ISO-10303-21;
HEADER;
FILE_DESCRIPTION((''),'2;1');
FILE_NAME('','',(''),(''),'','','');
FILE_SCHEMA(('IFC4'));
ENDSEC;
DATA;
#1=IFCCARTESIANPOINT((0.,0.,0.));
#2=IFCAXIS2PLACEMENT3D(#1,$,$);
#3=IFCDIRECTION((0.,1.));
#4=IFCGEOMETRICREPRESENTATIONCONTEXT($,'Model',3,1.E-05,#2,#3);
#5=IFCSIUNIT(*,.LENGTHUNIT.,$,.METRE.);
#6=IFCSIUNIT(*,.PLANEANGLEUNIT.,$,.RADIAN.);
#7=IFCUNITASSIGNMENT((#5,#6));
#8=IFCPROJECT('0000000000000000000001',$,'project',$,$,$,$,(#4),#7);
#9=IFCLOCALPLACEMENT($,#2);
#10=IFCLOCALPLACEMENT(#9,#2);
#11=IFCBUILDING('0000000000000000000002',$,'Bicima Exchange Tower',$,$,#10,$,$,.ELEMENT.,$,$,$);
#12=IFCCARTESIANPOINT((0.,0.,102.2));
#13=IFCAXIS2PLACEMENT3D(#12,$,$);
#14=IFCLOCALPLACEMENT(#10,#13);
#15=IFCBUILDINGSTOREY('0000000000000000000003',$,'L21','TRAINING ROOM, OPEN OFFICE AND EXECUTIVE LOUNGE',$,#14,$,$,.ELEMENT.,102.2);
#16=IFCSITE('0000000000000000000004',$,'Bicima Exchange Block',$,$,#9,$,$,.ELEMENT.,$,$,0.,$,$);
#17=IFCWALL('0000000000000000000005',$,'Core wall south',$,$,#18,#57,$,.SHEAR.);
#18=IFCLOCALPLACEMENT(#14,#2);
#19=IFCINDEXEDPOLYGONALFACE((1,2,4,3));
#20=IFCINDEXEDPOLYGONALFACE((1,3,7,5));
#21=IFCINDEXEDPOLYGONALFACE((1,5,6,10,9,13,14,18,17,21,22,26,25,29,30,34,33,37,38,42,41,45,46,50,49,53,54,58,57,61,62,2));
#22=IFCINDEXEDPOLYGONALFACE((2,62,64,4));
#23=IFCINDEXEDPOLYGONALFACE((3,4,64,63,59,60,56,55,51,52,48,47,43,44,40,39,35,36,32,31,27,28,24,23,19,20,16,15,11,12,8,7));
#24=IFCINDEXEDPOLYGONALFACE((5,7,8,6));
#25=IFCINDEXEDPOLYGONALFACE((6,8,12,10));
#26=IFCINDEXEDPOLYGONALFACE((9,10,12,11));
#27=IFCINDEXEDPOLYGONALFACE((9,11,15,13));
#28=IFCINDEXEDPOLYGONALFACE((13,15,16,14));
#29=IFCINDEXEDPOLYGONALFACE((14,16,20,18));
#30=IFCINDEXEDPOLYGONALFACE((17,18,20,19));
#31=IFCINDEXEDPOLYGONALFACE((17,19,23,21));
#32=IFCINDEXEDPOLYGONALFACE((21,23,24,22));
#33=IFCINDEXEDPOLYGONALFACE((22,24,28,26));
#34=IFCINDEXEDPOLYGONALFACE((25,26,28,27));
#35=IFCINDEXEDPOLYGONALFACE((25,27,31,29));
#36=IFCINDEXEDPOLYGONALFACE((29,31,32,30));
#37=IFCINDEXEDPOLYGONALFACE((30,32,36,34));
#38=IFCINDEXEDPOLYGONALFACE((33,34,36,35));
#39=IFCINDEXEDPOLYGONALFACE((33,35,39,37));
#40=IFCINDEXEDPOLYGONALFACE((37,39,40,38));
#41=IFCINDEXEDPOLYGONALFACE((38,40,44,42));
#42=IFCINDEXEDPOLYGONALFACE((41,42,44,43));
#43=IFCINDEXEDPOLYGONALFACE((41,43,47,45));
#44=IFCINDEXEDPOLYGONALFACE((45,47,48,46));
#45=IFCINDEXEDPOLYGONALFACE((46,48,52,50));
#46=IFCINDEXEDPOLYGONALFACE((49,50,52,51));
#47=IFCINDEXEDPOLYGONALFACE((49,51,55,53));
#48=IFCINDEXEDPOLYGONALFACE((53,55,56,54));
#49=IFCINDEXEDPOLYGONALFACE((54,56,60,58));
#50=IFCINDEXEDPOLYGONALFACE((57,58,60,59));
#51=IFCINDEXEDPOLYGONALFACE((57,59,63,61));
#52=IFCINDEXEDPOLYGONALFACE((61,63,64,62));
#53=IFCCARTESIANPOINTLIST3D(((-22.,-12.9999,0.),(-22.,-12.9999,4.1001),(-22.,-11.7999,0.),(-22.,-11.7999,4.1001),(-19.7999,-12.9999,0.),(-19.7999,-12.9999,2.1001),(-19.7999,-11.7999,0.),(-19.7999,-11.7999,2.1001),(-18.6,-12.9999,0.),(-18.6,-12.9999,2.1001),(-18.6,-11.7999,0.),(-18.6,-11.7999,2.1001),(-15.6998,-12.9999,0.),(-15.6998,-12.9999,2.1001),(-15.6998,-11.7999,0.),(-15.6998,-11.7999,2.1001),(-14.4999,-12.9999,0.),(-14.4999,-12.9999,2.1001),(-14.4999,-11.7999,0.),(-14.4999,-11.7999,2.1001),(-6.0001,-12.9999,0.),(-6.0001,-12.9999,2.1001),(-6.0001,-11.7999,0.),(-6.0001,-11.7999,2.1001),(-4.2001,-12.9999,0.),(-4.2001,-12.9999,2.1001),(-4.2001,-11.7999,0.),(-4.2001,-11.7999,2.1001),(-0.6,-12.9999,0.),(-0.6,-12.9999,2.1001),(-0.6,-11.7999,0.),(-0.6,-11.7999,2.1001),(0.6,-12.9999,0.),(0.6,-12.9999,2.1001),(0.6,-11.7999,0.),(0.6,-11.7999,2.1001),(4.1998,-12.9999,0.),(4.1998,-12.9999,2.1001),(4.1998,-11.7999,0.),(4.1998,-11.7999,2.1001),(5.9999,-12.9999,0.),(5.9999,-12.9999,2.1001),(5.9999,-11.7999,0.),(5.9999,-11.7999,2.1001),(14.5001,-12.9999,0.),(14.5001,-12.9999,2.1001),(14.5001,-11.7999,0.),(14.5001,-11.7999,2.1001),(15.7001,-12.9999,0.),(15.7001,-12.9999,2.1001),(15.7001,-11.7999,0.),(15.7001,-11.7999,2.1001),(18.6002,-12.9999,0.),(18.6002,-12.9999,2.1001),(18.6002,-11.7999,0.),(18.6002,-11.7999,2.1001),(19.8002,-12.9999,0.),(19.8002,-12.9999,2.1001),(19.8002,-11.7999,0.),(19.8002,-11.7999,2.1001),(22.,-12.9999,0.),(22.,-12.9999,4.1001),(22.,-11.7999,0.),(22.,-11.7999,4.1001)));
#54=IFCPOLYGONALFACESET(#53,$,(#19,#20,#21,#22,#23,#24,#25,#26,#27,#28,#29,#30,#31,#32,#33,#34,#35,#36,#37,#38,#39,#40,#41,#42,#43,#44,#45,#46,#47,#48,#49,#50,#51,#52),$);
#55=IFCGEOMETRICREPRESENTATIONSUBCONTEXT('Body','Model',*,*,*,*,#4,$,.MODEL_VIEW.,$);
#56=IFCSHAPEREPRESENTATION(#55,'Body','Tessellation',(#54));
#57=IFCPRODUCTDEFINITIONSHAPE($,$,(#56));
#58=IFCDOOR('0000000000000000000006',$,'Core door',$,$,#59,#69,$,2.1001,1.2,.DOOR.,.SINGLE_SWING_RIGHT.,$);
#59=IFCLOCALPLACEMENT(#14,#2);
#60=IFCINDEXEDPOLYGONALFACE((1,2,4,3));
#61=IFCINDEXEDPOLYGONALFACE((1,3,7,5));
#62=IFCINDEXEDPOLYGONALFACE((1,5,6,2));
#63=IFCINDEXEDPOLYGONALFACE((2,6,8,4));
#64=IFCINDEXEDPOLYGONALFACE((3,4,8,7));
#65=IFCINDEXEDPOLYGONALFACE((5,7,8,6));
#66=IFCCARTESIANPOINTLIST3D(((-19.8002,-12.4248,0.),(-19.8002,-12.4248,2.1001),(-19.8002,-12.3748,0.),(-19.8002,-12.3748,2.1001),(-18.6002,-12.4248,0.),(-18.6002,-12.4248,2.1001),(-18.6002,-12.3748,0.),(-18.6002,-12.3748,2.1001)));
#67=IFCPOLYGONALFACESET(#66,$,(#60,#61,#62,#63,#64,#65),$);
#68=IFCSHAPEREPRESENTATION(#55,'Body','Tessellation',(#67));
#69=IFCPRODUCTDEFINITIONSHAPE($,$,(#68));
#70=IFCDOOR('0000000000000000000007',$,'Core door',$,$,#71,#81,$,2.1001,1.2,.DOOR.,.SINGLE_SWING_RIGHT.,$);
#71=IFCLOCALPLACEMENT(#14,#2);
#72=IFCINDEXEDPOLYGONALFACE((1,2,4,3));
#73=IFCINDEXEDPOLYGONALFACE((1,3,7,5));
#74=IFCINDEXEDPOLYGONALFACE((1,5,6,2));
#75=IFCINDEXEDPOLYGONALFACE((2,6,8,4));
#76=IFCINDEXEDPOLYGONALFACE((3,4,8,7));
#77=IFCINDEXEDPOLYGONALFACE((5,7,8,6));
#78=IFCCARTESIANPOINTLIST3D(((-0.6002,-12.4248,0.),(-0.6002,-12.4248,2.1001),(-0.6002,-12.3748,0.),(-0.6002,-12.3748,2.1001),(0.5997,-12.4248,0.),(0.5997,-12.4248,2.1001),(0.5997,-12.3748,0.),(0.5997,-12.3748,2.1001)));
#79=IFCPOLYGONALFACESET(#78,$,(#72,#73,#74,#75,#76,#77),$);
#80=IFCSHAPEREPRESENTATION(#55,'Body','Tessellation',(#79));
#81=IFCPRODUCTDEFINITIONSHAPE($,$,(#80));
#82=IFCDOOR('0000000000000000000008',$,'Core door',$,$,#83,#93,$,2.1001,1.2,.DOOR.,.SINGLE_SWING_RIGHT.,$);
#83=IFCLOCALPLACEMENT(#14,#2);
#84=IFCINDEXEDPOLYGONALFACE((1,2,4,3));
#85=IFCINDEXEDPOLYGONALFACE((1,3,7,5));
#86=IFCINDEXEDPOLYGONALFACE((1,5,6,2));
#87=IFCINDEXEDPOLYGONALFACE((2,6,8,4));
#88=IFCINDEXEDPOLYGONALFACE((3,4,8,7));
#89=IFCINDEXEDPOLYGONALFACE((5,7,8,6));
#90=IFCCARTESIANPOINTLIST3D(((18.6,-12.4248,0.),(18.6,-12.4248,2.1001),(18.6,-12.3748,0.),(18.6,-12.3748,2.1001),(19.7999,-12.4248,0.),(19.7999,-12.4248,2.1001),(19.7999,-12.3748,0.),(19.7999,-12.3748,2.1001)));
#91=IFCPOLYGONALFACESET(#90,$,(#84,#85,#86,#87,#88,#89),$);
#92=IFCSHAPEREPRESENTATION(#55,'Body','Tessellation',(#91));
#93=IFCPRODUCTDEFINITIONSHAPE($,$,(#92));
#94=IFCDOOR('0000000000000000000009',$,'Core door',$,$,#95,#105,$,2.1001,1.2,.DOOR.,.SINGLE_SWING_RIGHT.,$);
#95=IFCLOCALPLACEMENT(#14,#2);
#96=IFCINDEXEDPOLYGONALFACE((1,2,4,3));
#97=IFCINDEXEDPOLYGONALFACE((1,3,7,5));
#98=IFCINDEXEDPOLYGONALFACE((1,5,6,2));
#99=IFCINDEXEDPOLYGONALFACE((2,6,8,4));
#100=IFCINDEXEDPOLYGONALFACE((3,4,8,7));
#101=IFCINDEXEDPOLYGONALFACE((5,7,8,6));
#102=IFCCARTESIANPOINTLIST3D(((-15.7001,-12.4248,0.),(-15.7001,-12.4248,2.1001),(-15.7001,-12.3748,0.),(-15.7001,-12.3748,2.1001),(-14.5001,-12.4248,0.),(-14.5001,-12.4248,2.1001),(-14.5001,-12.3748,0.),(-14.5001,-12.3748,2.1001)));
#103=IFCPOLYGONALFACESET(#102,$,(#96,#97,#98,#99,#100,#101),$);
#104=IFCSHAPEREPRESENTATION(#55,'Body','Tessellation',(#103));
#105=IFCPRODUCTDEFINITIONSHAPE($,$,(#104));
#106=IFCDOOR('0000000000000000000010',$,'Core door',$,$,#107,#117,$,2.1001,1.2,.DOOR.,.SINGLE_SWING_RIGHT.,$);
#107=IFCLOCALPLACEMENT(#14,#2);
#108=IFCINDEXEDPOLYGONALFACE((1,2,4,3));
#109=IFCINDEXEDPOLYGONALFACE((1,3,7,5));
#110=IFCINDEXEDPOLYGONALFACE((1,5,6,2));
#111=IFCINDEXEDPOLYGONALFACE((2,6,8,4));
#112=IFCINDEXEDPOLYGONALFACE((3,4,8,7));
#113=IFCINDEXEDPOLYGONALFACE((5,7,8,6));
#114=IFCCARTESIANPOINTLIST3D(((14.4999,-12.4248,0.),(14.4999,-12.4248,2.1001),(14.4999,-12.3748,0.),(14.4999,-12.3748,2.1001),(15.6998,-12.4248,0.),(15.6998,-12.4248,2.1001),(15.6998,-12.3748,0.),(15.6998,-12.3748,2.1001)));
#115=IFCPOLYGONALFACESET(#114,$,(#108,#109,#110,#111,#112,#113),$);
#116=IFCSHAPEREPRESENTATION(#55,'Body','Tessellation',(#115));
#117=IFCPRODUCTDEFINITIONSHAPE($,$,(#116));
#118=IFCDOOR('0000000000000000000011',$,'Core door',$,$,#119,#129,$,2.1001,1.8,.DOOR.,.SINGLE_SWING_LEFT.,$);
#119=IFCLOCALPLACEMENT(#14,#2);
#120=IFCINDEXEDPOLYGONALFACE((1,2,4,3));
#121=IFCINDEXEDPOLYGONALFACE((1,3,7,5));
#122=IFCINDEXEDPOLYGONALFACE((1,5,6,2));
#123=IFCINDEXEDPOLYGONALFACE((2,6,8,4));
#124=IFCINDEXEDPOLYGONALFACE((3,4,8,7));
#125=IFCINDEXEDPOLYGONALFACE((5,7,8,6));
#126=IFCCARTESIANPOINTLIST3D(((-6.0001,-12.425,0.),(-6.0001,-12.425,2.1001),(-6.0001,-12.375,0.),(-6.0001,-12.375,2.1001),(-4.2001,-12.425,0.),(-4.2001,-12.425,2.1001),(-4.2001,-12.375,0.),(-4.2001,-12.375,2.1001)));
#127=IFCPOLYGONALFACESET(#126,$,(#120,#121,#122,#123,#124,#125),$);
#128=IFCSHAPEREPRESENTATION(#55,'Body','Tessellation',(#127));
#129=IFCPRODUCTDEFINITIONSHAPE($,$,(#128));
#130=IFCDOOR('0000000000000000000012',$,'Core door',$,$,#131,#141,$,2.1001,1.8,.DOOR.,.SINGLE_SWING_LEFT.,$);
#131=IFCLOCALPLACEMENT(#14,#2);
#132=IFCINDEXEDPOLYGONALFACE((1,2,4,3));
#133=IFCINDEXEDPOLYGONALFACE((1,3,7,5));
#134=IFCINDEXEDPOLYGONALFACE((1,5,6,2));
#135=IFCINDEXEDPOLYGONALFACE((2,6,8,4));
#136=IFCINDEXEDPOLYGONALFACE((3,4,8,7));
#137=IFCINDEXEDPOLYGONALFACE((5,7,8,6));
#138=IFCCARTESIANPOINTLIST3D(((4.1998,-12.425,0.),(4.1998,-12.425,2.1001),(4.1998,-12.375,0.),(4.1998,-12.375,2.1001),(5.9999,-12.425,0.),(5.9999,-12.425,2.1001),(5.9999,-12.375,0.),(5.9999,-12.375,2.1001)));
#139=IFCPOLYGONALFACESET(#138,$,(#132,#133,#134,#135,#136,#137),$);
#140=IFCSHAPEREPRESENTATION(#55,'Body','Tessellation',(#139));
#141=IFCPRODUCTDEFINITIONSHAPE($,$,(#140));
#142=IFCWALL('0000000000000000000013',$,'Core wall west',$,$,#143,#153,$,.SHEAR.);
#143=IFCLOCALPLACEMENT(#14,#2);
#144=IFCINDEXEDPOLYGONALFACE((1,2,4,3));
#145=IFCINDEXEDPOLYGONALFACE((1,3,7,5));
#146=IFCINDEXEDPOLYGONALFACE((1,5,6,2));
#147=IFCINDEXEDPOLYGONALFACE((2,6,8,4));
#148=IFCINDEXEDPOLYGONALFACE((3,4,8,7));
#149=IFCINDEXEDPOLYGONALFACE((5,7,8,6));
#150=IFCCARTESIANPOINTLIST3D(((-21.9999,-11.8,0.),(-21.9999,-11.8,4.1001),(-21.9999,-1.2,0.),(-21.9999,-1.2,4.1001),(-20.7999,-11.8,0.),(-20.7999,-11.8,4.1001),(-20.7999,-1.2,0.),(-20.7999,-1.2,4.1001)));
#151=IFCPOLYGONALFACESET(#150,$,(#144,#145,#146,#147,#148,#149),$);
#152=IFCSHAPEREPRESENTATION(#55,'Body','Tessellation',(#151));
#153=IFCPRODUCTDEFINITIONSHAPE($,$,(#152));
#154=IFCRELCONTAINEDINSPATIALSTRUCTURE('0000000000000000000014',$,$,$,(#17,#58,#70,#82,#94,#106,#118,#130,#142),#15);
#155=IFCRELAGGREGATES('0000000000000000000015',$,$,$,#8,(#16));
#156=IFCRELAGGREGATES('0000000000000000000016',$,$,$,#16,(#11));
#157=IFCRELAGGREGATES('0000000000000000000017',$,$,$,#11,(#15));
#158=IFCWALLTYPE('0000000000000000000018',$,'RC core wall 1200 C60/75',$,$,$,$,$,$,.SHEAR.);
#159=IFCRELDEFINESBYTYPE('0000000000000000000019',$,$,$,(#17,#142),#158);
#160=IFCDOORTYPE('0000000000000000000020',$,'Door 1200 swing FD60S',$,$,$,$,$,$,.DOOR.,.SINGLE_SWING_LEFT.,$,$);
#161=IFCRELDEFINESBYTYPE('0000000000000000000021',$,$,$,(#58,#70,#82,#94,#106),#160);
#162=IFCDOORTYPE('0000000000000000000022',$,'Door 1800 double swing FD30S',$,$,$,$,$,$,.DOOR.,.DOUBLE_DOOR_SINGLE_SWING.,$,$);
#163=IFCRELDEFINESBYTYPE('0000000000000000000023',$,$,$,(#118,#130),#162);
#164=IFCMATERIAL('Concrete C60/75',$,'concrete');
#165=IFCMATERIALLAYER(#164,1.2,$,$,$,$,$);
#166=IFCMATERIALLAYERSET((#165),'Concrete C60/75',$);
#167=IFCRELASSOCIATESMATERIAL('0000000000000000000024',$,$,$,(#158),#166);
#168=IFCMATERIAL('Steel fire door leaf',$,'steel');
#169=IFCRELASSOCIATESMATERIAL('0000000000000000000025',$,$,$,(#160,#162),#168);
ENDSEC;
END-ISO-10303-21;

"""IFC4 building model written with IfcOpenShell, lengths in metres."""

from ifc_helpers import new_model, si_unit, direction, frame, frame_2d, origin, place, context, subcontext, project, spatial, rectangle, extrude, material, layer, layer_set, type_object, element, fill, save


model = new_model("IFC4")

# Units and contexts
model_context = context("Model", 3, precision=1e-05, world=origin(), true_north=direction((0.0, 1.0)))
body_context = subcontext(model_context, "Body", "Model", "MODEL_VIEW")
ifc_project = project(units=[si_unit("LENGTHUNIT", "METRE"), si_unit("PLANEANGLEUNIT", "RADIAN")], contexts=[model_context])

# Site, building, storey
site_placement = place(None, origin())
site = spatial("IfcSite", under=ifc_project, at=site_placement, Name="Bicima Exchange Block", CompositionType="ELEMENT", RefElevation=0.0)
building_placement = place(site_placement, origin())
building = spatial("IfcBuilding", under=site, at=building_placement, Name="Bicima Exchange Tower", CompositionType="ELEMENT")
storey_placement = place(building_placement, frame((0.0, 0.0, 102.2)))
storey = spatial("IfcBuildingStorey", under=building, at=storey_placement, Name="L21", Description="TRAINING ROOM, OPEN OFFICE AND EXECUTIVE LOUNGE", CompositionType="ELEMENT", Elevation=102.2)

# Wall, openings, doors
ifc_material_1 = material(Name="Concrete C60/75", Category="concrete")
ifc_layer_1 = layer(ifc_material_1, 1.2)
ifc_layer_set_1 = layer_set([ifc_layer_1], Name="Concrete C60/75")
wall_type_1 = type_object("IfcWallType", Name="RC core wall 1200 C60/75", PredefinedType="SHEAR", material=ifc_layer_set_1)
wall_1_placement = place(storey_placement, frame((-22.0, -12.3999, 0.0), z_axis=(0.0, 0.0, 1.0), x_axis=(1.0, 0.0, 0.0)))
wall_1 = element("IfcWall", 1, at=wall_1_placement, inside=storey, type_object=wall_type_1, Name="Core wall south", PredefinedType="SHEAR", context=body_context, shape_type="SweptSolid", body=[
    extrude(rectangle(XDim=44.0, YDim=1.2, at=frame_2d((22.0, 0.0))), origin(), (0.0, 0.0, 1.0), 4.1001),
])
opening_1_placement = place(wall_1_placement, frame((2.2, 0.0, 0.0)))
opening_1 = element("IfcOpeningElement", 2, at=opening_1_placement, cuts=wall_1, PredefinedType="OPENING", context=body_context, shape_type="SweptSolid", body=[
    extrude(rectangle(XDim=1.2, YDim=2.1001, at=frame_2d((0.6001, 1.05))), frame((0.0, 0.6118, 0.0), z_axis=(0.0, -1.0, 0.0), x_axis=(1.0, 0.0, 0.0)), (0.0, 0.0, 1.0), 1.2239),
])
opening_2_placement = place(wall_1_placement, frame((21.3999, 0.0, 0.0)))
opening_2 = element("IfcOpeningElement", 3, at=opening_2_placement, cuts=wall_1, PredefinedType="OPENING", context=body_context, shape_type="SweptSolid", body=[
    extrude(rectangle(XDim=1.2, YDim=2.1001, at=frame_2d((0.6001, 1.05))), frame((0.0, 0.6118, 0.0), z_axis=(0.0, -1.0, 0.0), x_axis=(1.0, 0.0, 0.0)), (0.0, 0.0, 1.0), 1.2239),
])
opening_3_placement = place(wall_1_placement, frame((40.6001, 0.0, 0.0)))
opening_3 = element("IfcOpeningElement", 4, at=opening_3_placement, cuts=wall_1, PredefinedType="OPENING", context=body_context, shape_type="SweptSolid", body=[
    extrude(rectangle(XDim=1.2, YDim=2.1001, at=frame_2d((0.6001, 1.05))), frame((0.0, 0.6118, 0.0), z_axis=(0.0, -1.0, 0.0), x_axis=(1.0, 0.0, 0.0)), (0.0, 0.0, 1.0), 1.2239),
])
opening_4_placement = place(wall_1_placement, frame((16.0, 0.0, 0.0)))
opening_4 = element("IfcOpeningElement", 5, at=opening_4_placement, cuts=wall_1, PredefinedType="OPENING", context=body_context, shape_type="SweptSolid", body=[
    extrude(rectangle(XDim=1.8, YDim=2.1001, at=frame_2d((0.8999, 1.05))), frame((0.0, 0.6118, 0.0), z_axis=(0.0, -1.0, 0.0), x_axis=(1.0, 0.0, 0.0)), (0.0, 0.0, 1.0), 1.2239),
])
opening_5_placement = place(wall_1_placement, frame((6.3, 0.0, 0.0)))
opening_5 = element("IfcOpeningElement", 6, at=opening_5_placement, cuts=wall_1, PredefinedType="OPENING", context=body_context, shape_type="SweptSolid", body=[
    extrude(rectangle(XDim=1.2, YDim=2.1001, at=frame_2d((0.6001, 1.05))), frame((0.0, 0.6118, 0.0), z_axis=(0.0, -1.0, 0.0), x_axis=(1.0, 0.0, 0.0)), (0.0, 0.0, 1.0), 1.2239),
])
opening_6_placement = place(wall_1_placement, frame((26.2, 0.0, 0.0)))
opening_6 = element("IfcOpeningElement", 7, at=opening_6_placement, cuts=wall_1, PredefinedType="OPENING", context=body_context, shape_type="SweptSolid", body=[
    extrude(rectangle(XDim=1.8, YDim=2.1001, at=frame_2d((0.8999, 1.05))), frame((0.0, 0.6118, 0.0), z_axis=(0.0, -1.0, 0.0), x_axis=(1.0, 0.0, 0.0)), (0.0, 0.0, 1.0), 1.2239),
])
opening_7_placement = place(wall_1_placement, frame((36.5, 0.0, 0.0)))
opening_7 = element("IfcOpeningElement", 8, at=opening_7_placement, cuts=wall_1, PredefinedType="OPENING", context=body_context, shape_type="SweptSolid", body=[
    extrude(rectangle(XDim=1.2, YDim=2.1001, at=frame_2d((0.6001, 1.05))), frame((0.0, 0.6118, 0.0), z_axis=(0.0, -1.0, 0.0), x_axis=(1.0, 0.0, 0.0)), (0.0, 0.0, 1.0), 1.2239),
])
ifc_material_2 = material(Name="Steel fire door leaf", Category="steel")
door_type_1 = type_object("IfcDoorType", Name="Door 1200 swing FD60S", OperationType="SINGLE_SWING_LEFT", PredefinedType="DOOR", material=ifc_material_2)
door_1_placement = place(opening_1_placement, frame((1.2, 0.0, 0.0), z_axis=(0.0, 0.0, 1.0), x_axis=(-1.0, 0.0, 0.0)))
door_1 = element("IfcDoor", 9, at=door_1_placement, inside=storey, type_object=door_type_1, Name="Core door", OperationType="SINGLE_SWING_RIGHT", OverallHeight=2.1001, OverallWidth=1.2, PredefinedType="DOOR", context=body_context, shape_type="SweptSolid", body=[
    extrude(rectangle(XDim=1.2, YDim=2.1001, at=frame_2d((0.6001, 1.05))), frame((0.0, 0.0249, 0.0), z_axis=(0.0, -1.0, 0.0), x_axis=(1.0, 0.0, 0.0)), (0.0, 0.0, 1.0), 0.05),
])
fill(opening_1, door_1)
door_2_placement = place(opening_2_placement, frame((1.2, 0.0, 0.0), z_axis=(0.0, 0.0, 1.0), x_axis=(-1.0, 0.0, 0.0)))
door_2 = element("IfcDoor", 10, at=door_2_placement, inside=storey, type_object=door_type_1, Name="Core door", OperationType="SINGLE_SWING_RIGHT", OverallHeight=2.1001, OverallWidth=1.2, PredefinedType="DOOR", context=body_context, shape_type="SweptSolid", body=[
    extrude(rectangle(XDim=1.2, YDim=2.1001, at=frame_2d((0.6001, 1.05))), frame((0.0, 0.0249, 0.0), z_axis=(0.0, -1.0, 0.0), x_axis=(1.0, 0.0, 0.0)), (0.0, 0.0, 1.0), 0.05),
])
fill(opening_2, door_2)
door_3_placement = place(opening_3_placement, frame((1.2, 0.0, 0.0), z_axis=(0.0, 0.0, 1.0), x_axis=(-1.0, 0.0, 0.0)))
door_3 = element("IfcDoor", 11, at=door_3_placement, inside=storey, type_object=door_type_1, Name="Core door", OperationType="SINGLE_SWING_RIGHT", OverallHeight=2.1001, OverallWidth=1.2, PredefinedType="DOOR", context=body_context, shape_type="SweptSolid", body=[
    extrude(rectangle(XDim=1.2, YDim=2.1001, at=frame_2d((0.6001, 1.05))), frame((0.0, 0.0249, 0.0), z_axis=(0.0, -1.0, 0.0), x_axis=(1.0, 0.0, 0.0)), (0.0, 0.0, 1.0), 0.05),
])
fill(opening_3, door_3)
door_4_placement = place(opening_5_placement, frame((1.2, 0.0, 0.0), z_axis=(0.0, 0.0, 1.0), x_axis=(-1.0, 0.0, 0.0)))
door_4 = element("IfcDoor", 12, at=door_4_placement, inside=storey, type_object=door_type_1, Name="Core door", OperationType="SINGLE_SWING_RIGHT", OverallHeight=2.1001, OverallWidth=1.2, PredefinedType="DOOR", context=body_context, shape_type="SweptSolid", body=[
    extrude(rectangle(XDim=1.2, YDim=2.1001, at=frame_2d((0.6001, 1.05))), frame((0.0, 0.0249, 0.0), z_axis=(0.0, -1.0, 0.0), x_axis=(1.0, 0.0, 0.0)), (0.0, 0.0, 1.0), 0.05),
])
fill(opening_5, door_4)
door_5_placement = place(opening_7_placement, frame((1.2, 0.0, 0.0), z_axis=(0.0, 0.0, 1.0), x_axis=(-1.0, 0.0, 0.0)))
door_5 = element("IfcDoor", 13, at=door_5_placement, inside=storey, type_object=door_type_1, Name="Core door", OperationType="SINGLE_SWING_RIGHT", OverallHeight=2.1001, OverallWidth=1.2, PredefinedType="DOOR", context=body_context, shape_type="SweptSolid", body=[
    extrude(rectangle(XDim=1.2, YDim=2.1001, at=frame_2d((0.6001, 1.05))), frame((0.0, 0.0249, 0.0), z_axis=(0.0, -1.0, 0.0), x_axis=(1.0, 0.0, 0.0)), (0.0, 0.0, 1.0), 0.05),
])
fill(opening_7, door_5)
door_type_2 = type_object("IfcDoorType", Name="Door 1800 double swing FD30S", OperationType="DOUBLE_DOOR_SINGLE_SWING", PredefinedType="DOOR", material=ifc_material_2)
door_6_placement = place(opening_4_placement, origin())
door_6 = element("IfcDoor", 14, at=door_6_placement, inside=storey, type_object=door_type_2, Name="Core door", OperationType="SINGLE_SWING_LEFT", OverallHeight=2.1001, OverallWidth=1.8, PredefinedType="DOOR", context=body_context, shape_type="SweptSolid", body=[
    extrude(rectangle(XDim=1.8, YDim=2.1001, at=frame_2d((0.8999, 1.05))), frame((0.0, 0.0249, 0.0), z_axis=(0.0, -1.0, 0.0), x_axis=(1.0, 0.0, 0.0)), (0.0, 0.0, 1.0), 0.05),
])
fill(opening_4, door_6)
door_7_placement = place(opening_6_placement, origin())
door_7 = element("IfcDoor", 15, at=door_7_placement, inside=storey, type_object=door_type_2, Name="Core door", OperationType="SINGLE_SWING_LEFT", OverallHeight=2.1001, OverallWidth=1.8, PredefinedType="DOOR", context=body_context, shape_type="SweptSolid", body=[
    extrude(rectangle(XDim=1.8, YDim=2.1001, at=frame_2d((0.8999, 1.05))), frame((0.0, 0.0249, 0.0), z_axis=(0.0, -1.0, 0.0), x_axis=(1.0, 0.0, 0.0)), (0.0, 0.0, 1.0), 0.05),
])
fill(opening_6, door_7)

# Wall
wall_2_placement = place(storey_placement, frame((-21.3999, -11.8, 0.0), z_axis=(0.0, 0.0, 1.0), x_axis=(0.0, 1.0, 0.0)))
element("IfcWall", 16, at=wall_2_placement, inside=storey, type_object=wall_type_1, Name="Core wall west", PredefinedType="SHEAR", context=body_context, shape_type="SweptSolid", body=[
    extrude(rectangle(XDim=10.6001, YDim=1.2, at=frame_2d((5.3, 0.0))), origin(), (0.0, 0.0, 1.0), 4.1001),
])

save(model, "model.ifc")
